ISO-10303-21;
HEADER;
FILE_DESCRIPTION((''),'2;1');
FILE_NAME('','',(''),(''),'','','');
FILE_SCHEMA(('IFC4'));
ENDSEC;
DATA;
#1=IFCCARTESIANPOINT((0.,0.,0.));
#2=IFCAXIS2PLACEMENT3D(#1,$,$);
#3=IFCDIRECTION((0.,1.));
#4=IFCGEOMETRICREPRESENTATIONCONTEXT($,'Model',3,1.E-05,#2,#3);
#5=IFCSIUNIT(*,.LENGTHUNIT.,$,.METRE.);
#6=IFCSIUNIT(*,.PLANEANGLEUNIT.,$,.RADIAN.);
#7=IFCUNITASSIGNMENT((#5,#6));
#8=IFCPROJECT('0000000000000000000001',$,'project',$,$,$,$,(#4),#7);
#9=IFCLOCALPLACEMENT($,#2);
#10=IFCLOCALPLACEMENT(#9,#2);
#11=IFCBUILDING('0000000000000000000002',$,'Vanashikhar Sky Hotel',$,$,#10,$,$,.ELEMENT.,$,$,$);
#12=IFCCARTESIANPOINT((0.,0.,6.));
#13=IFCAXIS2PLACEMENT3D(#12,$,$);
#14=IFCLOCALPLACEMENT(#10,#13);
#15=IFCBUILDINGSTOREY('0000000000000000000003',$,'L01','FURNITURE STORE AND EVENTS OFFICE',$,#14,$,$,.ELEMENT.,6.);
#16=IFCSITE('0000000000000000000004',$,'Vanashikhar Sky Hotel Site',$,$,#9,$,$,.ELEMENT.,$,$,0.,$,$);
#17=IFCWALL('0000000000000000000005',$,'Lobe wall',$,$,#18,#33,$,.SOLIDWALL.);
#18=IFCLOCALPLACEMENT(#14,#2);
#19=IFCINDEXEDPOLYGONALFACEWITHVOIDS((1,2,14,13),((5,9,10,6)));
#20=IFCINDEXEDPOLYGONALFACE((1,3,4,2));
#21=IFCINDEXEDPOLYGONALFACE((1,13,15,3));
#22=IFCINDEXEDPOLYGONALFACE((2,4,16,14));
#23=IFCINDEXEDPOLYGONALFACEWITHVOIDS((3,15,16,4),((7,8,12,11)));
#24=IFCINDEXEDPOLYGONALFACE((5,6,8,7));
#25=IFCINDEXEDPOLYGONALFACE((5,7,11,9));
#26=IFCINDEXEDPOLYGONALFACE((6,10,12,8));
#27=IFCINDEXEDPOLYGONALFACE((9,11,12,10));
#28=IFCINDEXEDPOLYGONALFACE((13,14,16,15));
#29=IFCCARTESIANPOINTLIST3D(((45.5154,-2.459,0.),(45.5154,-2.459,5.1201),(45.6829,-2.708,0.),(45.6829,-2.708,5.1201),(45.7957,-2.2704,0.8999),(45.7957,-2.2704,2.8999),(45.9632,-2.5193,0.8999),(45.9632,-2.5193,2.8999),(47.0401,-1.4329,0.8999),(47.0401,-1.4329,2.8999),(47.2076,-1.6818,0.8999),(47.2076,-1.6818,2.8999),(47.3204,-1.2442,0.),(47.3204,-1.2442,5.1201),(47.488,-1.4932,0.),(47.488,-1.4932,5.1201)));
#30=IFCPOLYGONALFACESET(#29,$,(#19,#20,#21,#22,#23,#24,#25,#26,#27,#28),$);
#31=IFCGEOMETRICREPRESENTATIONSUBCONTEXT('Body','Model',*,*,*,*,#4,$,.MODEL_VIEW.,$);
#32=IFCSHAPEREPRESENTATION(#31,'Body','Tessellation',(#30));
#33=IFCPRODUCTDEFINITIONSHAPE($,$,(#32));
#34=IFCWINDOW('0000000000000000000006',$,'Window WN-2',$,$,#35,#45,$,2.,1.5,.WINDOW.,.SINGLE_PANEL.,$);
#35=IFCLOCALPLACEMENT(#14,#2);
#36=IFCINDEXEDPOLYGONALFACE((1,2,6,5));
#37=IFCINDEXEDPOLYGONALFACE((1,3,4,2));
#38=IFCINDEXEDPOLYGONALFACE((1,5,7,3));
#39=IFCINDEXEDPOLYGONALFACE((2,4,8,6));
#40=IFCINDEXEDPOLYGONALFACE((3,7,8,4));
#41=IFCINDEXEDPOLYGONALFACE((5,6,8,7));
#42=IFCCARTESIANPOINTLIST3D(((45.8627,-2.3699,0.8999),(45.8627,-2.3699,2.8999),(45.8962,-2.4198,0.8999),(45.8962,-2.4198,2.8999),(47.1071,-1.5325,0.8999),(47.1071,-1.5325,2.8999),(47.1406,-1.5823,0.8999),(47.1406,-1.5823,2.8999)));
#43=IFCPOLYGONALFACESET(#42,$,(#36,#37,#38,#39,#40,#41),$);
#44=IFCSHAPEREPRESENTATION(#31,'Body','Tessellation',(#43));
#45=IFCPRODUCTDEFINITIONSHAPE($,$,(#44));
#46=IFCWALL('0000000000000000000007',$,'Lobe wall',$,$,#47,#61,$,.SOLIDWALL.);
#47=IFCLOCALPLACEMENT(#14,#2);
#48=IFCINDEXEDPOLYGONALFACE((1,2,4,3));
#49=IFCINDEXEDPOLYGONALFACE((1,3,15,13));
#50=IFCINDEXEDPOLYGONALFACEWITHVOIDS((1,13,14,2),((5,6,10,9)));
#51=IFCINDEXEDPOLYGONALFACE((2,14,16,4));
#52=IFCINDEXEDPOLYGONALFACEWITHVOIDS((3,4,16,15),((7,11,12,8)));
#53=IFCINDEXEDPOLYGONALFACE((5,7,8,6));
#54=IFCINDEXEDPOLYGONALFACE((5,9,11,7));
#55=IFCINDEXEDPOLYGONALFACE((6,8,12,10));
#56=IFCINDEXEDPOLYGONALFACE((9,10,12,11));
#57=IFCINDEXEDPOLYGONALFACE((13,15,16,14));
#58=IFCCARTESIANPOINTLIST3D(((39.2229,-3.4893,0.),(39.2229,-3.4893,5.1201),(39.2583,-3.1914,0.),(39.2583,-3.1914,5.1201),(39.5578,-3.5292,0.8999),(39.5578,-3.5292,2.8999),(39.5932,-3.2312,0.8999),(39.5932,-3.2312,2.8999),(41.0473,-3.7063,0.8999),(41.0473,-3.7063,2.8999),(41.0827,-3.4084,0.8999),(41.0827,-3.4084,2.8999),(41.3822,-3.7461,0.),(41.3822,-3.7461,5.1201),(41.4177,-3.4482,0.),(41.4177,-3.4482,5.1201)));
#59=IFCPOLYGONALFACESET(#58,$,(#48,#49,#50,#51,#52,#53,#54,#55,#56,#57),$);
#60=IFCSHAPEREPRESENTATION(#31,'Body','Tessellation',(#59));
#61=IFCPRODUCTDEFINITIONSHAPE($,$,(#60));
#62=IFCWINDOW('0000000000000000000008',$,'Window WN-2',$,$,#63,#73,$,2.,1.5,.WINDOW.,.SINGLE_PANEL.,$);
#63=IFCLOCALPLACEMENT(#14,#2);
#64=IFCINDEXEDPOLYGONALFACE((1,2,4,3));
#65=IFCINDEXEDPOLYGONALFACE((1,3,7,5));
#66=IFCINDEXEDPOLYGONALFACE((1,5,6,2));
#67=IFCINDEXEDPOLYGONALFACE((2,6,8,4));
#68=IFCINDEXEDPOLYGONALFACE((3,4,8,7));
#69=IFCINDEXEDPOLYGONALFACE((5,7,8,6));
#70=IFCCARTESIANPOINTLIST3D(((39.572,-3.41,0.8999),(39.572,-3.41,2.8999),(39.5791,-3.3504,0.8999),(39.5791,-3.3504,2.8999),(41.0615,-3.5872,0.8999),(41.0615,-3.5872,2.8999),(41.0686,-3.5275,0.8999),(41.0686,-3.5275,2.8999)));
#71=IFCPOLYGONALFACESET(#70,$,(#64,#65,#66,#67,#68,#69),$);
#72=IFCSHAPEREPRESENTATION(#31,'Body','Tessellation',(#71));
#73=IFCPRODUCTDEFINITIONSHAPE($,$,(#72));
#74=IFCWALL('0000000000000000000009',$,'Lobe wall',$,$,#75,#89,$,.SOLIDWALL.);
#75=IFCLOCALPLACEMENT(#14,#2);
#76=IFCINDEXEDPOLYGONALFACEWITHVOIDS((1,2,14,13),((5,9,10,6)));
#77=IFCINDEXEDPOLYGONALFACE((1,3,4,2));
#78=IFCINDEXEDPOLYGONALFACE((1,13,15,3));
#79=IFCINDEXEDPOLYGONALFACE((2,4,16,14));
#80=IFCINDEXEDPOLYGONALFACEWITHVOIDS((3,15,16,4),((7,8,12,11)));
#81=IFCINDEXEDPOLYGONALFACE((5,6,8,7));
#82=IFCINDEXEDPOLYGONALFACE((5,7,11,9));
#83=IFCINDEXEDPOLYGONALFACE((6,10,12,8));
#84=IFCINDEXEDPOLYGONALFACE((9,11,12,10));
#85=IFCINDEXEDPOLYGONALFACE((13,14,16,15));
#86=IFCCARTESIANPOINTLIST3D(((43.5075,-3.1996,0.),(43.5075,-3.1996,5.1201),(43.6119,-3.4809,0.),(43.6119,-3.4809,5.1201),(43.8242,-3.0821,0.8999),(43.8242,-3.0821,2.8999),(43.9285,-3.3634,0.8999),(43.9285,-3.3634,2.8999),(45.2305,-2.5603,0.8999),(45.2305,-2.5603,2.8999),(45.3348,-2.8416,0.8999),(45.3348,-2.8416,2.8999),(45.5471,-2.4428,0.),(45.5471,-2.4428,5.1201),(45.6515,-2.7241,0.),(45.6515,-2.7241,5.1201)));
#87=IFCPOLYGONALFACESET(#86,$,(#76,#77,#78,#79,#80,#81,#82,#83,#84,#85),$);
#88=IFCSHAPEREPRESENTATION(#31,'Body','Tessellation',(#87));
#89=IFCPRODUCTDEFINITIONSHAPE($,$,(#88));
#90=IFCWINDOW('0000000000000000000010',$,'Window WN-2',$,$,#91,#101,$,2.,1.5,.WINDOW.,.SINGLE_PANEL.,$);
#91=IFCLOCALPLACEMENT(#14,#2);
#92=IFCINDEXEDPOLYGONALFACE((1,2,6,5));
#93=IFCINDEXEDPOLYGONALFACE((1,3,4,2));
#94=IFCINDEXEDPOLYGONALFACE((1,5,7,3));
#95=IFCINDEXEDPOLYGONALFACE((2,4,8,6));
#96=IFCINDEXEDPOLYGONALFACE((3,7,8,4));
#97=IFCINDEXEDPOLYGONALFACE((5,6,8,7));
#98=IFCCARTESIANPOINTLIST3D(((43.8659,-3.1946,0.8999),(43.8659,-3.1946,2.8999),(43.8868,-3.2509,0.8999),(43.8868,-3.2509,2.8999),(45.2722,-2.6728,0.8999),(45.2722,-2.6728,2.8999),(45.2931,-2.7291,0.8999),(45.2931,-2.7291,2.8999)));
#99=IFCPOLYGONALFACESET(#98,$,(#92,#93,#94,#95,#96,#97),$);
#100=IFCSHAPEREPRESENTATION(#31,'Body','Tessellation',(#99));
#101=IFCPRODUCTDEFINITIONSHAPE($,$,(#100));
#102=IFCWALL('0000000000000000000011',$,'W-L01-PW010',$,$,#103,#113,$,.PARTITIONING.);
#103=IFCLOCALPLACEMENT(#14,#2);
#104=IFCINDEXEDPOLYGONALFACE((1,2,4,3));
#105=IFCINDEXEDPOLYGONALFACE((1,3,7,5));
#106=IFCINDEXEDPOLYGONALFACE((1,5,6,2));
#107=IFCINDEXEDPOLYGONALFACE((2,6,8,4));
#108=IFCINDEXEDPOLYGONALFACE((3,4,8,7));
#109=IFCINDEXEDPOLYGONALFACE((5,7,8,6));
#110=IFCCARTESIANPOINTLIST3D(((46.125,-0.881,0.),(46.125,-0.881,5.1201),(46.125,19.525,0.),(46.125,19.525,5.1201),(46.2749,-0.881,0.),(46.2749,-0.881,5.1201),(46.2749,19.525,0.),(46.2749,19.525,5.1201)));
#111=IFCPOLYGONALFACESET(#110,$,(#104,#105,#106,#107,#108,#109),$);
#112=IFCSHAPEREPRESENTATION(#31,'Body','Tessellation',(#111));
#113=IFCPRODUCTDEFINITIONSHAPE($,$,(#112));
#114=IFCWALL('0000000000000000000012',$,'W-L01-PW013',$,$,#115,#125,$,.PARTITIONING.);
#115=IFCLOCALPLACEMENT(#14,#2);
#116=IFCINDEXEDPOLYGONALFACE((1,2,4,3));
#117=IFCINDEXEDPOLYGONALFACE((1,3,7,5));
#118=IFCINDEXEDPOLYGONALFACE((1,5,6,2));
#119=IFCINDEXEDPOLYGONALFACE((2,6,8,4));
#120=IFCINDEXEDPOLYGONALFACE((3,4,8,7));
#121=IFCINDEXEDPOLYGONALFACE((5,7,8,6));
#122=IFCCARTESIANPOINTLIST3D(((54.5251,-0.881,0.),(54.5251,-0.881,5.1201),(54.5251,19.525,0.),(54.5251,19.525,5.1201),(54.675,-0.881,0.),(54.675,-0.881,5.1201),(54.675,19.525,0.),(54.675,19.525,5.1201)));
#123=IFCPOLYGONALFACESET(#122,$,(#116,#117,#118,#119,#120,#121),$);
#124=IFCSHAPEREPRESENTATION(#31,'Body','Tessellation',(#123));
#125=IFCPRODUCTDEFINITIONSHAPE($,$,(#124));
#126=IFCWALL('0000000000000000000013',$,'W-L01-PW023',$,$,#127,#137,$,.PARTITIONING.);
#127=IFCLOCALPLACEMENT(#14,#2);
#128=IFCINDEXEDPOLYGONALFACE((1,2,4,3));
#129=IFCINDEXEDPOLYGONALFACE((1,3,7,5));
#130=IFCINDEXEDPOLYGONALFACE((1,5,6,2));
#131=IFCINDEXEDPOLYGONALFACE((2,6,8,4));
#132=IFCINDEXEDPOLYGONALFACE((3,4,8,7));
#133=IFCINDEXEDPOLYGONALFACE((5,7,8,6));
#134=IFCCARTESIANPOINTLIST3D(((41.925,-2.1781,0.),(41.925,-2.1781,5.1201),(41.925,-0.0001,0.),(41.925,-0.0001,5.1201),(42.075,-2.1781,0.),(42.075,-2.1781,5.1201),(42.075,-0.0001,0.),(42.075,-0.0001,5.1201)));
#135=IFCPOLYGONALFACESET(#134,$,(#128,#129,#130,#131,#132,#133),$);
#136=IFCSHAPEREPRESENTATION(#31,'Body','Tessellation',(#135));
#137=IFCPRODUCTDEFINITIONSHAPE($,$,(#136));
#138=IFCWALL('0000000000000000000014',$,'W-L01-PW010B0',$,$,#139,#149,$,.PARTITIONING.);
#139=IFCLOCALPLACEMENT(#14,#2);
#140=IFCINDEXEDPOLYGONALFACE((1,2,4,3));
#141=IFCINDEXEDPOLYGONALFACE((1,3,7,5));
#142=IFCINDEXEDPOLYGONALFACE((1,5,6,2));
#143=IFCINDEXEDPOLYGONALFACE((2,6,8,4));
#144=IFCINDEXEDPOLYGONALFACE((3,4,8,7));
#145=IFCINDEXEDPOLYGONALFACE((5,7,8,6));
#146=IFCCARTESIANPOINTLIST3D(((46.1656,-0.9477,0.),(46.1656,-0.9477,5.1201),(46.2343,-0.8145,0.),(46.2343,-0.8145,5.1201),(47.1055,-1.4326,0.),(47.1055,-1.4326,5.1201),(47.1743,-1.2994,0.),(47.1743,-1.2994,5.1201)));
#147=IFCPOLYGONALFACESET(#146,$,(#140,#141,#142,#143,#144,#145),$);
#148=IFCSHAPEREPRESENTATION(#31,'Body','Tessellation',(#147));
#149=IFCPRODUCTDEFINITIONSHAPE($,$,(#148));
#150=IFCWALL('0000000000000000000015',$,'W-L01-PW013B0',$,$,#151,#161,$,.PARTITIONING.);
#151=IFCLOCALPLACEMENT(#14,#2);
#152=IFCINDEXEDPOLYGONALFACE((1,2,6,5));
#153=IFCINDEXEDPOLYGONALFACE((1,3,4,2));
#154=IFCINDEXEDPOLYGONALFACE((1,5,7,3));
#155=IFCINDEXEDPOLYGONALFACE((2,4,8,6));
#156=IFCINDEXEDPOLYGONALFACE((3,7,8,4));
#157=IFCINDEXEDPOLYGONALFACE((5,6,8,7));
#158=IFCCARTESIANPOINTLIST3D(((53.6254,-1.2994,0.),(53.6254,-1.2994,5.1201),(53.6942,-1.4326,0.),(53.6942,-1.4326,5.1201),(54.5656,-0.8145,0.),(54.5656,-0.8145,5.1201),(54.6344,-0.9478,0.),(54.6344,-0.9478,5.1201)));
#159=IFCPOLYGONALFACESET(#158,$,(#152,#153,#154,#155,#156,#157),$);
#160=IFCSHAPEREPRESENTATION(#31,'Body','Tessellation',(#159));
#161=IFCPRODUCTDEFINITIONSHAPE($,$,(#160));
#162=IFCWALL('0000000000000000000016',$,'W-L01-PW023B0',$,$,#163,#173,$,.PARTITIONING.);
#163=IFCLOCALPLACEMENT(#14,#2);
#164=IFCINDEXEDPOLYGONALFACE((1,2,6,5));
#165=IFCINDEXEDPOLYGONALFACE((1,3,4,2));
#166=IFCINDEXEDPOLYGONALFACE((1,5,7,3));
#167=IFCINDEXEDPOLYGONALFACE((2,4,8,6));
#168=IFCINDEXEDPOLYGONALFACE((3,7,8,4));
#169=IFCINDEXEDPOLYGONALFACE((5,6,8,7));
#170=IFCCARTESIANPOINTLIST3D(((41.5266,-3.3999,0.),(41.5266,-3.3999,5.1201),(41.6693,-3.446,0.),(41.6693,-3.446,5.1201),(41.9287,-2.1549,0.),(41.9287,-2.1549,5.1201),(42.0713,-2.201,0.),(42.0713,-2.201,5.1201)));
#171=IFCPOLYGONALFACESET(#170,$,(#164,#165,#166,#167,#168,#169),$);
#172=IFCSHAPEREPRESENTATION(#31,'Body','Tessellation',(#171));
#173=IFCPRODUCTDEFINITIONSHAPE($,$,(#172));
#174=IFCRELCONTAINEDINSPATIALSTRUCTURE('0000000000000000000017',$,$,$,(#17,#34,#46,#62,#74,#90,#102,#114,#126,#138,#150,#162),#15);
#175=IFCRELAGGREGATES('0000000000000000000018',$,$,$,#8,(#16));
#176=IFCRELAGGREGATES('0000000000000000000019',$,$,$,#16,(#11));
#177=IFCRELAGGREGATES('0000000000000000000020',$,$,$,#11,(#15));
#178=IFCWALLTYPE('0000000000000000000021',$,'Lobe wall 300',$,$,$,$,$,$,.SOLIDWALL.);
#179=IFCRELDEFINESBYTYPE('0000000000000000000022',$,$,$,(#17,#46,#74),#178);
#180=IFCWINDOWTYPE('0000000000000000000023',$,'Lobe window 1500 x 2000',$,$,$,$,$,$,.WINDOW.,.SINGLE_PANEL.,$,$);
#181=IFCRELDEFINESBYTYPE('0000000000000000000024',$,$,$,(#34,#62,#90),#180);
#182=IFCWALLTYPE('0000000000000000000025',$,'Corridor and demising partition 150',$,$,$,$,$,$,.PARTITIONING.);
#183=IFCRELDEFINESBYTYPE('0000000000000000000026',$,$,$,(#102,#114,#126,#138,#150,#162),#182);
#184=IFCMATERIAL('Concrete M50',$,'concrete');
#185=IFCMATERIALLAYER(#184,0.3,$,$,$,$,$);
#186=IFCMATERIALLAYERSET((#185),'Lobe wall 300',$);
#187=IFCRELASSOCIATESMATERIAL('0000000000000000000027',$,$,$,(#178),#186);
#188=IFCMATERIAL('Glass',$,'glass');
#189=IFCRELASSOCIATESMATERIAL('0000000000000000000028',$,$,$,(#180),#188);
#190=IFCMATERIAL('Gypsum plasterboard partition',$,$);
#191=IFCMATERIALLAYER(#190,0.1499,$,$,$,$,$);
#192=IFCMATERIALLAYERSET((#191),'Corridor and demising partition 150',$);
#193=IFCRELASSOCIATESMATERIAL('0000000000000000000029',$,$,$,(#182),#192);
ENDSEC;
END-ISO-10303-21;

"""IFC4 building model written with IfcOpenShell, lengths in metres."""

from ifc_helpers import new_model, si_unit, direction, frame, frame_2d, origin, place, context, subcontext, project, spatial, rectangle, extrude, source, transform, mapped, material, layer, layer_set, type_object, element, fill, save


model = new_model("IFC4")

# Units and contexts
model_context = context("Model", 3, precision=1e-05, world=origin(), true_north=direction((0.0, 1.0)))
body_context = subcontext(model_context, "Body", "Model", "MODEL_VIEW")
ifc_project = project(units=[si_unit("LENGTHUNIT", "METRE"), si_unit("PLANEANGLEUNIT", "RADIAN")], contexts=[model_context])

# Site, building, storey
site_placement = place(None, origin())
site = spatial("IfcSite", under=ifc_project, at=site_placement, Name="Vanashikhar Sky Hotel Site", CompositionType="ELEMENT", RefElevation=0.0)
building_placement = place(site_placement, origin())
building = spatial("IfcBuilding", under=site, at=building_placement, Name="Vanashikhar Sky Hotel", CompositionType="ELEMENT")
storey_placement = place(building_placement, frame((0.0, 0.0, 6.0)))
storey = spatial("IfcBuildingStorey", under=building, at=storey_placement, Name="L01", Description="FURNITURE STORE AND EVENTS OFFICE", CompositionType="ELEMENT", Elevation=6.0)

# Shared definitions
ifc_material_1 = material(Name="Concrete M50", Category="concrete")
ifc_layer_1 = layer(ifc_material_1, 0.3)
ifc_layer_set_1 = layer_set([ifc_layer_1], Name="Lobe wall 300")
wall_type_1 = type_object("IfcWallType", Name="Lobe wall 300", PredefinedType="SOLIDWALL", material=ifc_layer_set_1)

# Walls, openings, windows
shared_shape_1 = source(origin(), body_context, "Body", "SweptSolid", [
    extrude(rectangle(XDim=1.5, YDim=2.0, at=frame_2d((0.75, 1.0))), frame((0.0, 0.1602, 0.0), z_axis=(0.0, -1.0, 0.0), x_axis=(1.0, 0.0, 0.0)), (0.0, 0.0, 1.0), 0.3201),
])
ifc_material_2 = material(Name="Glass", Category="glass")
window_type = type_object("IfcWindowType", Name="Lobe window 1500 x 2000", PartitioningType="SINGLE_PANEL", PredefinedType="WINDOW", material=ifc_material_2)
shared_shape_2 = source(origin(), body_context, "Body", "SweptSolid", [
    extrude(rectangle(XDim=1.5, YDim=2.0, at=frame_2d((0.75, 1.0))), frame((0.0, 0.03, 0.0), z_axis=(0.0, -1.0, 0.0), x_axis=(1.0, 0.0, 0.0)), (0.0, 0.0, 1.0), 0.0601),
])
shared_shape_3 = source(origin(), body_context, "Body", "SweptSolid", [
    extrude(rectangle(XDim=2.1758, YDim=0.3, at=frame_2d((1.0879, 0.0))), origin(), (0.0, 0.0, 1.0), 5.1201),
])
wall_1_placement = place(storey_placement, frame((45.5991, -2.5835, 0.0), z_axis=(0.0, 0.0, 1.0), x_axis=(0.829626, 0.55832, 0.0)))
wall_1 = element("IfcWall", 1, at=wall_1_placement, inside=storey, type_object=wall_type_1, Name="Lobe wall", PredefinedType="SOLIDWALL", context=body_context, shape_type="MappedRepresentation", body=[
    mapped(shared_shape_3, transform((0.0, 0.0, 0.0), scale=1.0)),
])
opening_1_placement = place(wall_1_placement, frame((0.3379, 0.0, 0.8999)))
opening_1 = element("IfcOpeningElement", 2, at=opening_1_placement, cuts=wall_1, PredefinedType="OPENING", context=body_context, shape_type="MappedRepresentation", body=[
    mapped(shared_shape_1, transform((0.0, 0.0, 0.0), scale=1.0)),
])
window_1_placement = place(opening_1_placement, origin())
window_1 = element("IfcWindow", 3, at=window_1_placement, inside=storey, type_object=window_type, Name="Window WN-2", OverallHeight=2.0, OverallWidth=1.5, PartitioningType="SINGLE_PANEL", PredefinedType="WINDOW", context=body_context, shape_type="MappedRepresentation", body=[
    mapped(shared_shape_2, transform((0.0, 0.0, 0.0), scale=1.0)),
])
fill(opening_1, window_1)
shared_shape_4 = source(origin(), body_context, "Body", "SweptSolid", [
    extrude(rectangle(XDim=2.1746, YDim=0.3, at=frame_2d((1.0874, 0.0))), origin(), (0.0, 0.0, 1.0), 5.1201),
])
wall_2_placement = place(storey_placement, frame((39.2405, -3.3403, 0.0), z_axis=(0.0, 0.0, 1.0), x_axis=(0.993001, -0.118105, 0.0)))
wall_2 = element("IfcWall", 4, at=wall_2_placement, inside=storey, type_object=wall_type_1, Name="Lobe wall", PredefinedType="SOLIDWALL", context=body_context, shape_type="MappedRepresentation", body=[
    mapped(shared_shape_4, transform((0.0, 0.0, 0.0), scale=1.0)),
])
opening_2_placement = place(wall_2_placement, frame((0.3374, 0.0, 0.8999)))
opening_2 = element("IfcOpeningElement", 5, at=opening_2_placement, cuts=wall_2, PredefinedType="OPENING", context=body_context, shape_type="MappedRepresentation", body=[
    mapped(shared_shape_1, transform((0.0, 0.0, 0.0), scale=1.0)),
])
window_2_placement = place(opening_2_placement, origin())
window_2 = element("IfcWindow", 6, at=window_2_placement, inside=storey, type_object=window_type, Name="Window WN-2", OverallHeight=2.0, OverallWidth=1.5, PartitioningType="SINGLE_PANEL", PredefinedType="WINDOW", context=body_context, shape_type="MappedRepresentation", body=[
    mapped(shared_shape_2, transform((0.0, 0.0, 0.0), scale=1.0)),
])
fill(opening_2, window_2)
shared_shape_5 = source(origin(), body_context, "Body", "SweptSolid", [
    extrude(rectangle(XDim=2.1755, YDim=0.3, at=frame_2d((1.0879, 0.0))), origin(), (0.0, 0.0, 1.0), 5.1201),
])
wall_3_placement = place(storey_placement, frame((43.5596, -3.3403, 0.0), z_axis=(0.0, 0.0, 1.0), x_axis=(0.937532, 0.347899, 0.0)))
wall_3 = element("IfcWall", 7, at=wall_3_placement, inside=storey, type_object=wall_type_1, Name="Lobe wall", PredefinedType="SOLIDWALL", context=body_context, shape_type="MappedRepresentation", body=[
    mapped(shared_shape_5, transform((0.0, 0.0, 0.0), scale=1.0)),
])
opening_3_placement = place(wall_3_placement, frame((0.3379, 0.0, 0.8999)))
opening_3 = element("IfcOpeningElement", 8, at=opening_3_placement, cuts=wall_3, PredefinedType="OPENING", context=body_context, shape_type="MappedRepresentation", body=[
    mapped(shared_shape_1, transform((0.0, 0.0, 0.0), scale=1.0)),
])
window_3_placement = place(opening_3_placement, origin())
window_3 = element("IfcWindow", 9, at=window_3_placement, inside=storey, type_object=window_type, Name="Window WN-2", OverallHeight=2.0, OverallWidth=1.5, PartitioningType="SINGLE_PANEL", PredefinedType="WINDOW", context=body_context, shape_type="MappedRepresentation", body=[
    mapped(shared_shape_2, transform((0.0, 0.0, 0.0), scale=1.0)),
])
fill(opening_3, window_3)

# Walls
ifc_material_3 = material(Name="Gypsum plasterboard partition")
ifc_layer_2 = layer(ifc_material_3, 0.1499)
ifc_layer_set_2 = layer_set([ifc_layer_2], Name="Corridor and demising partition 150")
wall_type_2 = type_object("IfcWallType", Name="Corridor and demising partition 150", PredefinedType="PARTITIONING", material=ifc_layer_set_2)
shared_shape_6 = source(origin(), body_context, "Body", "SweptSolid", [
    extrude(rectangle(XDim=20.406, YDim=0.1499, at=frame_2d((10.2031, 0.0))), origin(), (0.0, 0.0, 1.0), 5.1201),
])
for number, where, z_axis, x_axis, name in (
    (10, (46.2, -0.8811, 0.0), (0.0, 0.0, 1.0), (0.0, 1.0, 0.0), "W-L01-PW010"),
    (11, (54.6001, -0.8811, 0.0), (0.0, 0.0, 1.0), (0.0, 1.0, 0.0), "W-L01-PW013"),
):
    element("IfcWall", number, at=place(storey_placement, frame(where, z_axis=z_axis, x_axis=x_axis)), inside=storey, type_object=wall_type_2, Name=name, PredefinedType="PARTITIONING", context=body_context, shape_type="MappedRepresentation", body=[
        mapped(shared_shape_6, transform((0.0, 0.0, 0.0), scale=1.0)),
    ])
shared_shape_7 = source(origin(), body_context, "Body", "SweptSolid", [
    extrude(rectangle(XDim=2.178, YDim=0.1499, at=frame_2d((1.0889, 0.0))), origin(), (0.0, 0.0, 1.0), 5.1201),
])
wall_4_placement = place(storey_placement, frame((42.0, -2.178, 0.0), z_axis=(0.0, 0.0, 1.0), x_axis=(0.0, 1.0, 0.0)))
element("IfcWall", 12, at=wall_4_placement, inside=storey, type_object=wall_type_2, Name="W-L01-PW023", PredefinedType="PARTITIONING", context=body_context, shape_type="MappedRepresentation", body=[
    mapped(shared_shape_7, transform((0.0, 0.0, 0.0), scale=1.0)),
])
shared_shape_8 = source(origin(), body_context, "Body", "SweptSolid", [
    extrude(rectangle(XDim=1.0576, YDim=0.1499, at=frame_2d((0.5288, 0.0))), origin(), (0.0, 0.0, 1.0), 5.1201),
])
wall_5_placement = place(storey_placement, frame((47.1399, -1.366, 0.0), z_axis=(0.0, 0.0, 1.0), x_axis=(-0.888724, 0.458443, 0.0)))
element("IfcWall", 13, at=wall_5_placement, inside=storey, type_object=wall_type_2, Name="W-L01-PW010B0", PredefinedType="PARTITIONING", context=body_context, shape_type="MappedRepresentation", body=[
    mapped(shared_shape_8, transform((0.0, 0.0, 0.0), scale=1.0)),
])
shared_shape_9 = source(origin(), body_context, "Body", "SweptSolid", [
    extrude(rectangle(XDim=1.0579, YDim=0.1499, at=frame_2d((0.5288, 0.0))), origin(), (0.0, 0.0, 1.0), 5.1201),
])
wall_6_placement = place(storey_placement, frame((53.6599, -1.366, 0.0), z_axis=(0.0, 0.0, 1.0), x_axis=(0.888772, 0.458349, 0.0)))
element("IfcWall", 14, at=wall_6_placement, inside=storey, type_object=wall_type_2, Name="W-L01-PW013B0", PredefinedType="PARTITIONING", context=body_context, shape_type="MappedRepresentation", body=[
    mapped(shared_shape_9, transform((0.0, 0.0, 0.0), scale=1.0)),
])
shared_shape_10 = source(origin(), body_context, "Body", "SweptSolid", [
    extrude(rectangle(XDim=1.3083, YDim=0.1499, at=frame_2d((0.6543, 0.0))), origin(), (0.0, 0.0, 1.0), 5.1201),
])
wall_7_placement = place(storey_placement, frame((41.5979, -3.4231, 0.0), z_axis=(0.0, 0.0, 1.0), x_axis=(0.307314, 0.951608, 0.0)))
element("IfcWall", 15, at=wall_7_placement, inside=storey, type_object=wall_type_2, Name="W-L01-PW023B0", PredefinedType="PARTITIONING", context=body_context, shape_type="MappedRepresentation", body=[
    mapped(shared_shape_10, transform((0.0, 0.0, 0.0), scale=1.0)),
])

save(model, "model.ifc")
